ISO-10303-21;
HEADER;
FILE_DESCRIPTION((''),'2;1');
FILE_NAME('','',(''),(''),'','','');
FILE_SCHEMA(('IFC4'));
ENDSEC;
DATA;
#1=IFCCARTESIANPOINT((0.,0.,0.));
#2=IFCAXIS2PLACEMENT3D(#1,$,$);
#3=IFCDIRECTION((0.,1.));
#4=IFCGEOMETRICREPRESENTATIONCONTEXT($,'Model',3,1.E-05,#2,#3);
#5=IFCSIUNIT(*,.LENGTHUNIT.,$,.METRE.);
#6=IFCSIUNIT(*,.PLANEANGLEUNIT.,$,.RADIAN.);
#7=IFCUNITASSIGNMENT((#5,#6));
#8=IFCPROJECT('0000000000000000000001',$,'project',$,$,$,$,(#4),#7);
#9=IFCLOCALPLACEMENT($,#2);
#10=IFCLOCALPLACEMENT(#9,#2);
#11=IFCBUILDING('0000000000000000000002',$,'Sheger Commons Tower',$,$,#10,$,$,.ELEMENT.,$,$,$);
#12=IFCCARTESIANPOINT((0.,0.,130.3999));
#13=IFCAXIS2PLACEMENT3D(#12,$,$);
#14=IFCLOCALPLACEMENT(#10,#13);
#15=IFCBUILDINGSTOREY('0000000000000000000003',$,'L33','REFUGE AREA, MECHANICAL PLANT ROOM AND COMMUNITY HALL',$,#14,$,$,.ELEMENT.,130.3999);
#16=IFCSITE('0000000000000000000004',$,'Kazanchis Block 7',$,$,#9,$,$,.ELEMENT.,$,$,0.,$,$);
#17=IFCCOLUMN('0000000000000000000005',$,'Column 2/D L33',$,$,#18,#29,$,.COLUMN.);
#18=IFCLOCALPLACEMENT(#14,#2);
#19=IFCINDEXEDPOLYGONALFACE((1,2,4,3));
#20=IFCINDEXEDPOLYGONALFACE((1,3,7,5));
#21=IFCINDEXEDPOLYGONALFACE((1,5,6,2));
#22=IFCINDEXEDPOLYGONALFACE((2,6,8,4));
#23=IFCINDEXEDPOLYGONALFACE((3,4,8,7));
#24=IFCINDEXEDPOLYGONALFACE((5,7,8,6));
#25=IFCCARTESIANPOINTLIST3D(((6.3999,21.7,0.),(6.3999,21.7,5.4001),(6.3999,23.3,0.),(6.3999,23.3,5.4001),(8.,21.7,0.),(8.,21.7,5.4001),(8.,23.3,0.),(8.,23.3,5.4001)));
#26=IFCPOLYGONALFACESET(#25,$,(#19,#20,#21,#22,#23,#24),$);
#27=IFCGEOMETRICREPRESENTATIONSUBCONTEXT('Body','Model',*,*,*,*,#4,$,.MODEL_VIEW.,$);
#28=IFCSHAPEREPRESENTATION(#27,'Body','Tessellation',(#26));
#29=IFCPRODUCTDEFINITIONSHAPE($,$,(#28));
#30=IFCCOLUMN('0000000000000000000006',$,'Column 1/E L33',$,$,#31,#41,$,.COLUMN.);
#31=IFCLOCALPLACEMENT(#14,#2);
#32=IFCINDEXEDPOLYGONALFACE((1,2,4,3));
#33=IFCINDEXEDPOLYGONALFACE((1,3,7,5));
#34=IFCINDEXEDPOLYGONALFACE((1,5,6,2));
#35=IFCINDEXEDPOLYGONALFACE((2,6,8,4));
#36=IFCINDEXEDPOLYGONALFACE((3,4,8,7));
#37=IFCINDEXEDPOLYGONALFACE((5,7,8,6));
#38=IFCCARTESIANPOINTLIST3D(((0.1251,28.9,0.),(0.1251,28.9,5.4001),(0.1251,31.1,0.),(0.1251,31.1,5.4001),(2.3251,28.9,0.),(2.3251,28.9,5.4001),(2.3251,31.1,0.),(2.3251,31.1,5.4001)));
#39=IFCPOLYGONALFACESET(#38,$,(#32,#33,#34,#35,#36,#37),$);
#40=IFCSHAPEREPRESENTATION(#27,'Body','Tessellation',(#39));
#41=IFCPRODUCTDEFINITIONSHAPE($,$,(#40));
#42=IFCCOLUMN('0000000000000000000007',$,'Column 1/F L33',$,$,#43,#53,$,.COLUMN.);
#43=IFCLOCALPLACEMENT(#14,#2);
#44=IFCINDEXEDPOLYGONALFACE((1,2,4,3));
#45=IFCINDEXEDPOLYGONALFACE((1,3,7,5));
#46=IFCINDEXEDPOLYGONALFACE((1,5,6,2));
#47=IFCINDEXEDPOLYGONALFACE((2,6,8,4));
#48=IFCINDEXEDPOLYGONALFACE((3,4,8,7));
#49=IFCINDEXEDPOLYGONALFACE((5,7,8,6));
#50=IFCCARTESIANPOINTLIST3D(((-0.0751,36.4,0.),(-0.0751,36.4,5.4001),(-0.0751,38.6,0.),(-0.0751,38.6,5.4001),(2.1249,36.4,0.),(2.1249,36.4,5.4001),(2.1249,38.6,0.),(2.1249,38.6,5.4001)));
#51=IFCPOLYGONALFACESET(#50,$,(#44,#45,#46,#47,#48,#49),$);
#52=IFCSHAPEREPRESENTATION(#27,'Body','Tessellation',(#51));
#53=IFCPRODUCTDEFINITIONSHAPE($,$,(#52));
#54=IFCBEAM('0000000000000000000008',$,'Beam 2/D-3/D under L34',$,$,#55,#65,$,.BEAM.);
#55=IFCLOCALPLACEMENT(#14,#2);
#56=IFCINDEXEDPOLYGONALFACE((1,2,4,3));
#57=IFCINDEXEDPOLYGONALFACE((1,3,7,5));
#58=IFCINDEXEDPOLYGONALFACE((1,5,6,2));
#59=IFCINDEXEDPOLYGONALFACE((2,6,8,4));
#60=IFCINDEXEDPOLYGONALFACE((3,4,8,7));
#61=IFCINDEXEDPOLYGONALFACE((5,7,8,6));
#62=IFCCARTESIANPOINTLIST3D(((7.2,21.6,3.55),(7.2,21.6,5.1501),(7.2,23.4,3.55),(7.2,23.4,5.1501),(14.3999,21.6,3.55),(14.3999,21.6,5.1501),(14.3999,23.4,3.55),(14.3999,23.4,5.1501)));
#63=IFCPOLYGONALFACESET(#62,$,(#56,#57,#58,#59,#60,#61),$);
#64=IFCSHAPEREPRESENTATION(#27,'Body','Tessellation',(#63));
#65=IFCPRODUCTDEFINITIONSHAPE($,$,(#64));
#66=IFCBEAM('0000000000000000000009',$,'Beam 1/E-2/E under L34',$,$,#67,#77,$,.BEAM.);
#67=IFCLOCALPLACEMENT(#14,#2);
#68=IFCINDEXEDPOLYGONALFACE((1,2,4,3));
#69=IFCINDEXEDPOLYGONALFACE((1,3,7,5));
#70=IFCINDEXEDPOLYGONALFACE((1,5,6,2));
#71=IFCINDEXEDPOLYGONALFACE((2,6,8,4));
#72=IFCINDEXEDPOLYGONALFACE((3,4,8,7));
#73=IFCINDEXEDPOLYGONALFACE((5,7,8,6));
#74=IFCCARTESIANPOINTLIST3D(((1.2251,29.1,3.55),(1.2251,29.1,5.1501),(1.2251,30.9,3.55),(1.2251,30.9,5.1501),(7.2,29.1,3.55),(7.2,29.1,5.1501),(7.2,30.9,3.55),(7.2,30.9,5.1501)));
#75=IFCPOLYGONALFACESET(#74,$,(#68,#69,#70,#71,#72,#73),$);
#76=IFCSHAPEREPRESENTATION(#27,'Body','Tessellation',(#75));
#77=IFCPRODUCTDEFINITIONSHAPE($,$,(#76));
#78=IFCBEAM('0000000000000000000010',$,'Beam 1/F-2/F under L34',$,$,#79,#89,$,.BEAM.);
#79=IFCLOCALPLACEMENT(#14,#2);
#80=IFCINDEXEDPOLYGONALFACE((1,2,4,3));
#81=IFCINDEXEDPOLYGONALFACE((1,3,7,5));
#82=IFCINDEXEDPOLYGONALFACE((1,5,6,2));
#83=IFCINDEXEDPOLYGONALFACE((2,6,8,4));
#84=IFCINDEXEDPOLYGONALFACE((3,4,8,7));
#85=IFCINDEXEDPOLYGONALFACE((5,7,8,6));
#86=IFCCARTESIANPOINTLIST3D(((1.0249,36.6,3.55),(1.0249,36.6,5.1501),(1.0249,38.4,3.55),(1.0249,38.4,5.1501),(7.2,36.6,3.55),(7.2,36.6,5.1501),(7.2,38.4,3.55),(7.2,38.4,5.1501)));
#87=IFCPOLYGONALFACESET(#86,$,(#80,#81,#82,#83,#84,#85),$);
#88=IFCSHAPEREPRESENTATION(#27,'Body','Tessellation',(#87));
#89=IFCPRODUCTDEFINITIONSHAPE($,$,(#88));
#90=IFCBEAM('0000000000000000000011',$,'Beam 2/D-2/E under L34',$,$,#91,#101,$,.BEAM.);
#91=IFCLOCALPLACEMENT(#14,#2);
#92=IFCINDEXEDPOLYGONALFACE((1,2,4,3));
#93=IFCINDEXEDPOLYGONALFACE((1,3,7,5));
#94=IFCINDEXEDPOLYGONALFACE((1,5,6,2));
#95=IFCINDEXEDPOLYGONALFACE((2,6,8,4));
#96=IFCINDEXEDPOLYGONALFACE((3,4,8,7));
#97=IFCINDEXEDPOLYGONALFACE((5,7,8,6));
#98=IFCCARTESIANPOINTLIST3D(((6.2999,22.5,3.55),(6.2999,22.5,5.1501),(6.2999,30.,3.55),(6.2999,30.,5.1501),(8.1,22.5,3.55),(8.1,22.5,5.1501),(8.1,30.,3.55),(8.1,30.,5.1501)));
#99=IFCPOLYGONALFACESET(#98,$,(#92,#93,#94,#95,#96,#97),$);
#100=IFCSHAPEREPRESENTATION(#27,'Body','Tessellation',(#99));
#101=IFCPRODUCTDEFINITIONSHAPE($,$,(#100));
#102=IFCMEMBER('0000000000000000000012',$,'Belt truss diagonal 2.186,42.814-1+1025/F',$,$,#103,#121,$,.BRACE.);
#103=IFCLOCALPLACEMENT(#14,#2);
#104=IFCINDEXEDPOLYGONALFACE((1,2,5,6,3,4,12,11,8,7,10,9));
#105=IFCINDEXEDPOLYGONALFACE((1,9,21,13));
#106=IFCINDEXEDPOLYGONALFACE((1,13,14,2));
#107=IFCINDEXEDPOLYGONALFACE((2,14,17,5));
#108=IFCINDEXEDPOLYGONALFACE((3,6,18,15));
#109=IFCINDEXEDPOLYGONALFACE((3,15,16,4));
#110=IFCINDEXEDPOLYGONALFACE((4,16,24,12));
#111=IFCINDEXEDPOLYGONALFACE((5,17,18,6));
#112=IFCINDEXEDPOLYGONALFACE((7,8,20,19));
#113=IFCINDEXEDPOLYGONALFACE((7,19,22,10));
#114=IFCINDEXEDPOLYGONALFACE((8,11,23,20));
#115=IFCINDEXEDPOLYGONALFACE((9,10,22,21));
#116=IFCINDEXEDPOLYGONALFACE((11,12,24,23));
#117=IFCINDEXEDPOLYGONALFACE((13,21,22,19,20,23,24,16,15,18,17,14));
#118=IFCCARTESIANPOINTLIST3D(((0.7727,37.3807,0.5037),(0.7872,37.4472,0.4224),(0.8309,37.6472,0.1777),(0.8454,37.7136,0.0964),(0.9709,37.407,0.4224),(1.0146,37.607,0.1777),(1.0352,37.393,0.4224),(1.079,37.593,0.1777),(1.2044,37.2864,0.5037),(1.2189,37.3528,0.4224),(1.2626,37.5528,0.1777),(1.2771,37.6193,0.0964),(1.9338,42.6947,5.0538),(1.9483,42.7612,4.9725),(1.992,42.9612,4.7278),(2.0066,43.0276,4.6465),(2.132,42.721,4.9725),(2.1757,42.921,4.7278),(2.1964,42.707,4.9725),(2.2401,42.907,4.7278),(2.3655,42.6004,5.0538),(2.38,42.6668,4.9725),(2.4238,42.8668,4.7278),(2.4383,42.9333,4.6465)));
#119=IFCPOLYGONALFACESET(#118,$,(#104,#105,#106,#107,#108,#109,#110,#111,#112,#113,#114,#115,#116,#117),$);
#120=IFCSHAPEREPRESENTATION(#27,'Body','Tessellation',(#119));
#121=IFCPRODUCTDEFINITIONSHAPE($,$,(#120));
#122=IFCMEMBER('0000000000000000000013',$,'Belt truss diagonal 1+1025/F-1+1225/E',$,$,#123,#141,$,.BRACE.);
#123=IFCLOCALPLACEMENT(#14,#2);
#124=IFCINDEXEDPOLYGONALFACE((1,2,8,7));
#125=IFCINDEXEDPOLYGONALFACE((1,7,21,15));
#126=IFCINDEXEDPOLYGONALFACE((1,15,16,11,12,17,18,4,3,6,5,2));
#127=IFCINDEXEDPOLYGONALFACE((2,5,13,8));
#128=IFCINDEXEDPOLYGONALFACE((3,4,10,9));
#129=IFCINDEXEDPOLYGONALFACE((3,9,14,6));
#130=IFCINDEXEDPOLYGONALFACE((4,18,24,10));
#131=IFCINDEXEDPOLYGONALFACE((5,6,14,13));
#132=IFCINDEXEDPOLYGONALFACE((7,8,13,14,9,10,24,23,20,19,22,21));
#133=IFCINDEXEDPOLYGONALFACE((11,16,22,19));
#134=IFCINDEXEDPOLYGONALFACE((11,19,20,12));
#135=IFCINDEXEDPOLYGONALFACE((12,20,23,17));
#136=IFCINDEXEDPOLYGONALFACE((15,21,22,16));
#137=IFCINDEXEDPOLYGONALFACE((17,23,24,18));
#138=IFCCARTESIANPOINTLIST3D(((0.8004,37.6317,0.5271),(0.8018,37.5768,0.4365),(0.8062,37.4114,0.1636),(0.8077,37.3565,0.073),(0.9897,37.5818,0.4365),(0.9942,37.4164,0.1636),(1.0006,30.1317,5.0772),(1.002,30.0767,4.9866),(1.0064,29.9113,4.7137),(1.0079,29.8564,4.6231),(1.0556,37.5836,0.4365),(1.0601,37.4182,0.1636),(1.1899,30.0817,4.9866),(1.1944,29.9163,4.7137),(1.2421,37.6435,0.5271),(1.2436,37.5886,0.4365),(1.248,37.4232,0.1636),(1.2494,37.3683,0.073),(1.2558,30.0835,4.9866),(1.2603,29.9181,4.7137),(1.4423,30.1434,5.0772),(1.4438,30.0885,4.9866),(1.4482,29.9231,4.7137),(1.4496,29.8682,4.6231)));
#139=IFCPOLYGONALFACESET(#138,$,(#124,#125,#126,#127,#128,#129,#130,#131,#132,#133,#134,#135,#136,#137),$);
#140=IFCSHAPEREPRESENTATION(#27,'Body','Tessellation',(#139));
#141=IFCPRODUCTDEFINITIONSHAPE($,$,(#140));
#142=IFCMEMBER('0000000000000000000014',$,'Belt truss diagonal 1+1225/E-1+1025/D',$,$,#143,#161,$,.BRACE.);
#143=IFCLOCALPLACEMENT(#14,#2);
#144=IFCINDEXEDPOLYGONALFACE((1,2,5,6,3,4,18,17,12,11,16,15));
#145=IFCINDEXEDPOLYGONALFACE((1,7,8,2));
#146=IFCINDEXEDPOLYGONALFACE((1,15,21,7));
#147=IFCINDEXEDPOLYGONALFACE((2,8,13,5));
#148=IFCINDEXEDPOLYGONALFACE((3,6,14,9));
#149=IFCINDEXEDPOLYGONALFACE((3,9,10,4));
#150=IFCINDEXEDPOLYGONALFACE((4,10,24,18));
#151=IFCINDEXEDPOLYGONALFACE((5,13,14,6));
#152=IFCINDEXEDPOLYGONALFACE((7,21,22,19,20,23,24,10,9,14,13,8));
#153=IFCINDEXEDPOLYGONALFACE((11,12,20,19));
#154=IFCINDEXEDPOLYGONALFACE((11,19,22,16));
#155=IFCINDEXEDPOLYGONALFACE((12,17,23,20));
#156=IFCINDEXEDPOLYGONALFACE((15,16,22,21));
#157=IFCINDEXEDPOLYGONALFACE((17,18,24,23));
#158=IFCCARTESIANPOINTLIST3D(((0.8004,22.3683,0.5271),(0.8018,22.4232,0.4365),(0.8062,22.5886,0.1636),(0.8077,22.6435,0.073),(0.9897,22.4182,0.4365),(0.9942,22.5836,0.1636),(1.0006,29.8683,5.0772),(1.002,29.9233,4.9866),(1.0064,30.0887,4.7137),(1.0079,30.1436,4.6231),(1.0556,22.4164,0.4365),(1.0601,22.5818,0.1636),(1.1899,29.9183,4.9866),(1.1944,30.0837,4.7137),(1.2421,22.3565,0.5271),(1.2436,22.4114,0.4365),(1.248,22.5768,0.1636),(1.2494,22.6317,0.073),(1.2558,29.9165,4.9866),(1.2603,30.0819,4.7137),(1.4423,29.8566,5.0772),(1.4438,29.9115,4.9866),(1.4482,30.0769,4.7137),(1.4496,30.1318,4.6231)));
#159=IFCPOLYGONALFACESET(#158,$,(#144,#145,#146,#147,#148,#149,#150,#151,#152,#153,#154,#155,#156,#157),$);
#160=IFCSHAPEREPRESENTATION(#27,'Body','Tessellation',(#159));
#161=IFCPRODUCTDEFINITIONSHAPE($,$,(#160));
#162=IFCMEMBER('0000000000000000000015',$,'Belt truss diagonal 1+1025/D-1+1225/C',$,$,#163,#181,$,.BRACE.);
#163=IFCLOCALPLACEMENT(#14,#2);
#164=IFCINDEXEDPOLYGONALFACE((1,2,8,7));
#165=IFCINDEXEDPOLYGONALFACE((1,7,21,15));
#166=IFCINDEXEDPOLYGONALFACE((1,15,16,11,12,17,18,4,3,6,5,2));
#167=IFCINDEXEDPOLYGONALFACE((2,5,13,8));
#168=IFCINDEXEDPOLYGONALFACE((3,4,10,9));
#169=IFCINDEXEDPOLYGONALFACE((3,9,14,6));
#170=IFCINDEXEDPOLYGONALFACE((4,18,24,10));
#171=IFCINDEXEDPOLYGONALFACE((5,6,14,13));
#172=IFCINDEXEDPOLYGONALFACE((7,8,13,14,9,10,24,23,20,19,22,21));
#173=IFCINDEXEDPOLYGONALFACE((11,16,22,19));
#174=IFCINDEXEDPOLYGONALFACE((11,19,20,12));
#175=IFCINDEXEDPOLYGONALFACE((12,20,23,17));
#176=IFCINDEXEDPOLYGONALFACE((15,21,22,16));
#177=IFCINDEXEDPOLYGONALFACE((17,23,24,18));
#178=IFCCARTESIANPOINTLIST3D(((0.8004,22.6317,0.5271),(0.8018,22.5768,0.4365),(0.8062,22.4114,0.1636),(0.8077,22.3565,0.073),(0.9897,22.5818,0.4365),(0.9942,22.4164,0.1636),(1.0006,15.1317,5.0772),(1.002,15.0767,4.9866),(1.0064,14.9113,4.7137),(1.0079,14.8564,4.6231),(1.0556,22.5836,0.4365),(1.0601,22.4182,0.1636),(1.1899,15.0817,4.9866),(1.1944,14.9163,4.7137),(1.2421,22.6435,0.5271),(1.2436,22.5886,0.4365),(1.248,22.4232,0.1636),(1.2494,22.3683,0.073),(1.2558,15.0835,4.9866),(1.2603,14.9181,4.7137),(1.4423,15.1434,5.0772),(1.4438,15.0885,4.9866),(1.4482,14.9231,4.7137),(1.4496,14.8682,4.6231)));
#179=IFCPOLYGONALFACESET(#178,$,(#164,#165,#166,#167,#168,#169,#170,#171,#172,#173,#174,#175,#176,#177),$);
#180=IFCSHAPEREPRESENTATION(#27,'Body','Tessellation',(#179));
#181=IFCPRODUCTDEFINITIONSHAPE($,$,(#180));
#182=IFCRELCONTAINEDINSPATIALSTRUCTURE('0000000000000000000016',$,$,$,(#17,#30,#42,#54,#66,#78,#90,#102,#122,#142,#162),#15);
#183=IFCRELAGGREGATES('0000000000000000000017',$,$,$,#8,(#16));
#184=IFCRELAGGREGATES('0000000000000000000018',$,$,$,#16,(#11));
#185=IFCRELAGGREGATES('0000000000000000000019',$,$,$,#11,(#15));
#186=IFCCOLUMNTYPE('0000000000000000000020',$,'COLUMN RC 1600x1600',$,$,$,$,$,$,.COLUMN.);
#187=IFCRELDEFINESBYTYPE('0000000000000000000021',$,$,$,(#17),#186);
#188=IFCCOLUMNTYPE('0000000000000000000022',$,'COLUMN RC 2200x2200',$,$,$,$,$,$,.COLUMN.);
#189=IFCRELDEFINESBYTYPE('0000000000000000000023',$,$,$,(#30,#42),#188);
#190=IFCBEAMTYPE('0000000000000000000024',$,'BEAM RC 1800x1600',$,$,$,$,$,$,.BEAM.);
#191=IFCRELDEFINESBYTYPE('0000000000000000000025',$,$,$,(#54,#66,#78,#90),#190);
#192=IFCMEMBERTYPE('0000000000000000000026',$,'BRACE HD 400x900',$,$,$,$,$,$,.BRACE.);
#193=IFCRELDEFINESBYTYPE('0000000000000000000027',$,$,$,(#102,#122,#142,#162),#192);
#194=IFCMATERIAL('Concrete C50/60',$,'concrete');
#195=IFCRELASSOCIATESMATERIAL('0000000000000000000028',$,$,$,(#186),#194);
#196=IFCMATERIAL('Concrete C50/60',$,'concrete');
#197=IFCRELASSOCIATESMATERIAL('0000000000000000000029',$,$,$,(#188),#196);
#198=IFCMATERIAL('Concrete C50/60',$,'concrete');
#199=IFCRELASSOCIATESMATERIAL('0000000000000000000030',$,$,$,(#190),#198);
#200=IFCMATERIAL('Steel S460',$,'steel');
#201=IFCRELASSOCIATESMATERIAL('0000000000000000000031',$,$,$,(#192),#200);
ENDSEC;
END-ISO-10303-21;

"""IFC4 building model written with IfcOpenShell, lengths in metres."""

from ifc_helpers import new_model, si_unit, direction, frame, origin, origin_2d, place, context, subcontext, project, spatial, rectangle, i_section, extrude, material, material_profile, profile_set, type_object, element, save


model = new_model("IFC4")

# Units and contexts
model_context = context("Model", 3, precision=1e-05, world=origin(), true_north=direction((0.0, 1.0)))
body_context = subcontext(model_context, "Body", "Model", "MODEL_VIEW")
ifc_project = project(units=[si_unit("LENGTHUNIT", "METRE"), si_unit("PLANEANGLEUNIT", "RADIAN")], contexts=[model_context])

# Site, building, storey
site_placement = place(None, origin())
site = spatial("IfcSite", under=ifc_project, at=site_placement, Name="Kazanchis Block 7", CompositionType="ELEMENT", RefElevation=0.0)
building_placement = place(site_placement, origin())
building = spatial("IfcBuilding", under=site, at=building_placement, Name="Sheger Commons Tower", CompositionType="ELEMENT")
storey_placement = place(building_placement, frame((0.0, 0.0, 130.3999)))
storey = spatial("IfcBuildingStorey", under=building, at=storey_placement, Name="L33", Description="REFUGE AREA, MECHANICAL PLANT ROOM AND COMMUNITY HALL", CompositionType="ELEMENT", Elevation=130.3999)

# Columns
ifc_material_1 = material(Name="Concrete C50/60", Category="concrete")
ifc_material_profile_1 = material_profile(ifc_material_1, rectangle(XDim=1.6001, YDim=1.6001, at=origin_2d()), Name="RC 1600x1600")
ifc_profile_set_1 = profile_set([ifc_material_profile_1], Name="Concrete C50/60")
column_type_1 = type_object("IfcColumnType", Name="COLUMN RC 1600x1600", PredefinedType="COLUMN", material=ifc_profile_set_1)
column_placement = place(storey_placement, frame((7.2, 22.5, 0.0), z_axis=(0.0, 0.0, 1.0), x_axis=(1.0, 0.0, 0.0)))
element("IfcColumn", 1, at=column_placement, inside=storey, type_object=column_type_1, Name="Column 2/D L33", PredefinedType="COLUMN", context=body_context, shape_type="SweptSolid", body=[
    extrude(rectangle(XDim=1.6001, YDim=1.6001, at=origin_2d()), origin(), (0.0, 0.0, 1.0), 5.4001),
])
ifc_material_2 = material(Name="Concrete C50/60", Category="concrete")
ifc_material_profile_2 = material_profile(ifc_material_2, rectangle(XDim=2.2, YDim=2.2, at=origin_2d()), Name="RC 2200x2200")
ifc_profile_set_2 = profile_set([ifc_material_profile_2], Name="Concrete C50/60")
column_type_2 = type_object("IfcColumnType", Name="COLUMN RC 2200x2200", PredefinedType="COLUMN", material=ifc_profile_set_2)
for number, where, z_axis, x_axis, name in (
    (2, (1.2251, 30.0, 0.0), (0.0, 0.0, 1.0), (1.0, 0.0, 0.0), "Column 1/E L33"),
    (3, (1.0249, 37.5, 0.0), (0.0, 0.0, 1.0), (1.0, 0.0, 0.0), "Column 1/F L33"),
):
    element("IfcColumn", number, at=place(storey_placement, frame(where, z_axis=z_axis, x_axis=x_axis)), inside=storey, type_object=column_type_2, Name=name, PredefinedType="COLUMN", context=body_context, shape_type="SweptSolid", body=[
        extrude(rectangle(XDim=2.2, YDim=2.2, at=origin_2d()), origin(), (0.0, 0.0, 1.0), 5.4001),
    ])

# Beams
ifc_material_3 = material(Name="Concrete C50/60", Category="concrete")
ifc_material_profile_3 = material_profile(ifc_material_3, rectangle(XDim=1.8, YDim=1.6001, at=origin_2d()), Name="RC 1800x1600")
ifc_profile_set_3 = profile_set([ifc_material_profile_3], Name="Concrete C50/60")
beam_type_1 = type_object("IfcBeamType", Name="BEAM RC 1800x1600", PredefinedType="BEAM", material=ifc_profile_set_3)
beam_1_placement = place(storey_placement, frame((7.2, 22.5, 4.3501), z_axis=(1.0, 0.0, 0.0), x_axis=(0.0, 1.0, 0.0)))
element("IfcBeam", 4, at=beam_1_placement, inside=storey, type_object=beam_type_1, Name="Beam 2/D-3/D under L34", PredefinedType="BEAM", context=body_context, shape_type="SweptSolid", body=[
    extrude(rectangle(XDim=1.8, YDim=1.6001, at=origin_2d()), origin(), (0.0, 0.0, 1.0), 7.2),
])
beam_2_placement = place(storey_placement, frame((1.2251, 30.0, 4.3501), z_axis=(1.0, 0.0, 0.0), x_axis=(0.0, 1.0, 0.0)))
element("IfcBeam", 5, at=beam_2_placement, inside=storey, type_object=beam_type_1, Name="Beam 1/E-2/E under L34", PredefinedType="BEAM", context=body_context, shape_type="SweptSolid", body=[
    extrude(rectangle(XDim=1.8, YDim=1.6001, at=origin_2d()), origin(), (0.0, 0.0, 1.0), 5.9749),
])
beam_3_placement = place(storey_placement, frame((1.0249, 37.5, 4.3501), z_axis=(1.0, 0.0, 0.0), x_axis=(0.0, 1.0, 0.0)))
element("IfcBeam", 6, at=beam_3_placement, inside=storey, type_object=beam_type_1, Name="Beam 1/F-2/F under L34", PredefinedType="BEAM", context=body_context, shape_type="SweptSolid", body=[
    extrude(rectangle(XDim=1.8, YDim=1.6001, at=origin_2d()), origin(), (0.0, 0.0, 1.0), 6.175),
])
beam_4_placement = place(storey_placement, frame((7.2, 22.5, 4.3501), z_axis=(0.0, 1.0, 0.0), x_axis=(-1.0, 0.0, 0.0)))
element("IfcBeam", 7, at=beam_4_placement, inside=storey, type_object=beam_type_1, Name="Beam 2/D-2/E under L34", PredefinedType="BEAM", context=body_context, shape_type="SweptSolid", body=[
    extrude(rectangle(XDim=1.8, YDim=1.6001, at=origin_2d()), origin(), (0.0, 0.0, 1.0), 7.5),
])

# Members
ifc_material_4 = material(Name="Steel S460", Category="steel")
ifc_material_profile_4 = material_profile(ifc_material_4, i_section(OverallWidth=0.4419, OverallDepth=0.531, WebThickness=0.0659, FlangeThickness=0.106, at=origin_2d()), Name="HD 400x900")
ifc_profile_set_4 = profile_set([ifc_material_profile_4], Name="Steel S460")
member_type_1 = type_object("IfcMemberType", Name="BRACE HD 400x900", PredefinedType="BRACE", material=ifc_profile_set_4)
member_placement = place(storey_placement, frame((1.0249, 37.5, 0.3), z_axis=(0.163736, 0.749343, 0.64162), x_axis=(-0.97695, 0.213469, 0.0)))
element("IfcMember", 8, at=member_placement, inside=storey, type_object=member_type_1, Name="Belt truss diagonal 2.186,42.814-1+1025/F", PredefinedType="BRACE", context=body_context, shape_type="SweptSolid", body=[
    extrude(i_section(OverallWidth=0.4419, OverallDepth=0.531, WebThickness=0.0659, FlangeThickness=0.106, at=origin_2d()), origin(), (0.0, 0.0, 1.0), 7.0916),
])
for number, where, z_axis, x_axis, name in (
    (9, (1.0249, 37.5, 0.3), (0.022815, -0.854743, 0.51855), (0.999644, 0.026683, 0.0), "Belt truss diagonal 1+1025/F-1+1225/E"),
    (10, (1.0249, 22.5, 0.3), (0.022815, 0.854743, 0.51855), (-0.999644, 0.026683, 0.0), "Belt truss diagonal 1+1225/E-1+1025/D"),
    (11, (1.0249, 22.5, 0.3), (0.022815, -0.854743, 0.51855), (0.999644, 0.026683, 0.0), "Belt truss diagonal 1+1025/D-1+1225/C"),
):
    element("IfcMember", number, at=place(storey_placement, frame(where, z_axis=z_axis, x_axis=x_axis)), inside=storey, type_object=member_type_1, Name=name, PredefinedType="BRACE", context=body_context, shape_type="SweptSolid", body=[
        extrude(i_section(OverallWidth=0.4419, OverallDepth=0.531, WebThickness=0.0659, FlangeThickness=0.106, at=origin_2d()), origin(), (0.0, 0.0, 1.0), 8.7747),
    ])

save(model, "model.ifc")
